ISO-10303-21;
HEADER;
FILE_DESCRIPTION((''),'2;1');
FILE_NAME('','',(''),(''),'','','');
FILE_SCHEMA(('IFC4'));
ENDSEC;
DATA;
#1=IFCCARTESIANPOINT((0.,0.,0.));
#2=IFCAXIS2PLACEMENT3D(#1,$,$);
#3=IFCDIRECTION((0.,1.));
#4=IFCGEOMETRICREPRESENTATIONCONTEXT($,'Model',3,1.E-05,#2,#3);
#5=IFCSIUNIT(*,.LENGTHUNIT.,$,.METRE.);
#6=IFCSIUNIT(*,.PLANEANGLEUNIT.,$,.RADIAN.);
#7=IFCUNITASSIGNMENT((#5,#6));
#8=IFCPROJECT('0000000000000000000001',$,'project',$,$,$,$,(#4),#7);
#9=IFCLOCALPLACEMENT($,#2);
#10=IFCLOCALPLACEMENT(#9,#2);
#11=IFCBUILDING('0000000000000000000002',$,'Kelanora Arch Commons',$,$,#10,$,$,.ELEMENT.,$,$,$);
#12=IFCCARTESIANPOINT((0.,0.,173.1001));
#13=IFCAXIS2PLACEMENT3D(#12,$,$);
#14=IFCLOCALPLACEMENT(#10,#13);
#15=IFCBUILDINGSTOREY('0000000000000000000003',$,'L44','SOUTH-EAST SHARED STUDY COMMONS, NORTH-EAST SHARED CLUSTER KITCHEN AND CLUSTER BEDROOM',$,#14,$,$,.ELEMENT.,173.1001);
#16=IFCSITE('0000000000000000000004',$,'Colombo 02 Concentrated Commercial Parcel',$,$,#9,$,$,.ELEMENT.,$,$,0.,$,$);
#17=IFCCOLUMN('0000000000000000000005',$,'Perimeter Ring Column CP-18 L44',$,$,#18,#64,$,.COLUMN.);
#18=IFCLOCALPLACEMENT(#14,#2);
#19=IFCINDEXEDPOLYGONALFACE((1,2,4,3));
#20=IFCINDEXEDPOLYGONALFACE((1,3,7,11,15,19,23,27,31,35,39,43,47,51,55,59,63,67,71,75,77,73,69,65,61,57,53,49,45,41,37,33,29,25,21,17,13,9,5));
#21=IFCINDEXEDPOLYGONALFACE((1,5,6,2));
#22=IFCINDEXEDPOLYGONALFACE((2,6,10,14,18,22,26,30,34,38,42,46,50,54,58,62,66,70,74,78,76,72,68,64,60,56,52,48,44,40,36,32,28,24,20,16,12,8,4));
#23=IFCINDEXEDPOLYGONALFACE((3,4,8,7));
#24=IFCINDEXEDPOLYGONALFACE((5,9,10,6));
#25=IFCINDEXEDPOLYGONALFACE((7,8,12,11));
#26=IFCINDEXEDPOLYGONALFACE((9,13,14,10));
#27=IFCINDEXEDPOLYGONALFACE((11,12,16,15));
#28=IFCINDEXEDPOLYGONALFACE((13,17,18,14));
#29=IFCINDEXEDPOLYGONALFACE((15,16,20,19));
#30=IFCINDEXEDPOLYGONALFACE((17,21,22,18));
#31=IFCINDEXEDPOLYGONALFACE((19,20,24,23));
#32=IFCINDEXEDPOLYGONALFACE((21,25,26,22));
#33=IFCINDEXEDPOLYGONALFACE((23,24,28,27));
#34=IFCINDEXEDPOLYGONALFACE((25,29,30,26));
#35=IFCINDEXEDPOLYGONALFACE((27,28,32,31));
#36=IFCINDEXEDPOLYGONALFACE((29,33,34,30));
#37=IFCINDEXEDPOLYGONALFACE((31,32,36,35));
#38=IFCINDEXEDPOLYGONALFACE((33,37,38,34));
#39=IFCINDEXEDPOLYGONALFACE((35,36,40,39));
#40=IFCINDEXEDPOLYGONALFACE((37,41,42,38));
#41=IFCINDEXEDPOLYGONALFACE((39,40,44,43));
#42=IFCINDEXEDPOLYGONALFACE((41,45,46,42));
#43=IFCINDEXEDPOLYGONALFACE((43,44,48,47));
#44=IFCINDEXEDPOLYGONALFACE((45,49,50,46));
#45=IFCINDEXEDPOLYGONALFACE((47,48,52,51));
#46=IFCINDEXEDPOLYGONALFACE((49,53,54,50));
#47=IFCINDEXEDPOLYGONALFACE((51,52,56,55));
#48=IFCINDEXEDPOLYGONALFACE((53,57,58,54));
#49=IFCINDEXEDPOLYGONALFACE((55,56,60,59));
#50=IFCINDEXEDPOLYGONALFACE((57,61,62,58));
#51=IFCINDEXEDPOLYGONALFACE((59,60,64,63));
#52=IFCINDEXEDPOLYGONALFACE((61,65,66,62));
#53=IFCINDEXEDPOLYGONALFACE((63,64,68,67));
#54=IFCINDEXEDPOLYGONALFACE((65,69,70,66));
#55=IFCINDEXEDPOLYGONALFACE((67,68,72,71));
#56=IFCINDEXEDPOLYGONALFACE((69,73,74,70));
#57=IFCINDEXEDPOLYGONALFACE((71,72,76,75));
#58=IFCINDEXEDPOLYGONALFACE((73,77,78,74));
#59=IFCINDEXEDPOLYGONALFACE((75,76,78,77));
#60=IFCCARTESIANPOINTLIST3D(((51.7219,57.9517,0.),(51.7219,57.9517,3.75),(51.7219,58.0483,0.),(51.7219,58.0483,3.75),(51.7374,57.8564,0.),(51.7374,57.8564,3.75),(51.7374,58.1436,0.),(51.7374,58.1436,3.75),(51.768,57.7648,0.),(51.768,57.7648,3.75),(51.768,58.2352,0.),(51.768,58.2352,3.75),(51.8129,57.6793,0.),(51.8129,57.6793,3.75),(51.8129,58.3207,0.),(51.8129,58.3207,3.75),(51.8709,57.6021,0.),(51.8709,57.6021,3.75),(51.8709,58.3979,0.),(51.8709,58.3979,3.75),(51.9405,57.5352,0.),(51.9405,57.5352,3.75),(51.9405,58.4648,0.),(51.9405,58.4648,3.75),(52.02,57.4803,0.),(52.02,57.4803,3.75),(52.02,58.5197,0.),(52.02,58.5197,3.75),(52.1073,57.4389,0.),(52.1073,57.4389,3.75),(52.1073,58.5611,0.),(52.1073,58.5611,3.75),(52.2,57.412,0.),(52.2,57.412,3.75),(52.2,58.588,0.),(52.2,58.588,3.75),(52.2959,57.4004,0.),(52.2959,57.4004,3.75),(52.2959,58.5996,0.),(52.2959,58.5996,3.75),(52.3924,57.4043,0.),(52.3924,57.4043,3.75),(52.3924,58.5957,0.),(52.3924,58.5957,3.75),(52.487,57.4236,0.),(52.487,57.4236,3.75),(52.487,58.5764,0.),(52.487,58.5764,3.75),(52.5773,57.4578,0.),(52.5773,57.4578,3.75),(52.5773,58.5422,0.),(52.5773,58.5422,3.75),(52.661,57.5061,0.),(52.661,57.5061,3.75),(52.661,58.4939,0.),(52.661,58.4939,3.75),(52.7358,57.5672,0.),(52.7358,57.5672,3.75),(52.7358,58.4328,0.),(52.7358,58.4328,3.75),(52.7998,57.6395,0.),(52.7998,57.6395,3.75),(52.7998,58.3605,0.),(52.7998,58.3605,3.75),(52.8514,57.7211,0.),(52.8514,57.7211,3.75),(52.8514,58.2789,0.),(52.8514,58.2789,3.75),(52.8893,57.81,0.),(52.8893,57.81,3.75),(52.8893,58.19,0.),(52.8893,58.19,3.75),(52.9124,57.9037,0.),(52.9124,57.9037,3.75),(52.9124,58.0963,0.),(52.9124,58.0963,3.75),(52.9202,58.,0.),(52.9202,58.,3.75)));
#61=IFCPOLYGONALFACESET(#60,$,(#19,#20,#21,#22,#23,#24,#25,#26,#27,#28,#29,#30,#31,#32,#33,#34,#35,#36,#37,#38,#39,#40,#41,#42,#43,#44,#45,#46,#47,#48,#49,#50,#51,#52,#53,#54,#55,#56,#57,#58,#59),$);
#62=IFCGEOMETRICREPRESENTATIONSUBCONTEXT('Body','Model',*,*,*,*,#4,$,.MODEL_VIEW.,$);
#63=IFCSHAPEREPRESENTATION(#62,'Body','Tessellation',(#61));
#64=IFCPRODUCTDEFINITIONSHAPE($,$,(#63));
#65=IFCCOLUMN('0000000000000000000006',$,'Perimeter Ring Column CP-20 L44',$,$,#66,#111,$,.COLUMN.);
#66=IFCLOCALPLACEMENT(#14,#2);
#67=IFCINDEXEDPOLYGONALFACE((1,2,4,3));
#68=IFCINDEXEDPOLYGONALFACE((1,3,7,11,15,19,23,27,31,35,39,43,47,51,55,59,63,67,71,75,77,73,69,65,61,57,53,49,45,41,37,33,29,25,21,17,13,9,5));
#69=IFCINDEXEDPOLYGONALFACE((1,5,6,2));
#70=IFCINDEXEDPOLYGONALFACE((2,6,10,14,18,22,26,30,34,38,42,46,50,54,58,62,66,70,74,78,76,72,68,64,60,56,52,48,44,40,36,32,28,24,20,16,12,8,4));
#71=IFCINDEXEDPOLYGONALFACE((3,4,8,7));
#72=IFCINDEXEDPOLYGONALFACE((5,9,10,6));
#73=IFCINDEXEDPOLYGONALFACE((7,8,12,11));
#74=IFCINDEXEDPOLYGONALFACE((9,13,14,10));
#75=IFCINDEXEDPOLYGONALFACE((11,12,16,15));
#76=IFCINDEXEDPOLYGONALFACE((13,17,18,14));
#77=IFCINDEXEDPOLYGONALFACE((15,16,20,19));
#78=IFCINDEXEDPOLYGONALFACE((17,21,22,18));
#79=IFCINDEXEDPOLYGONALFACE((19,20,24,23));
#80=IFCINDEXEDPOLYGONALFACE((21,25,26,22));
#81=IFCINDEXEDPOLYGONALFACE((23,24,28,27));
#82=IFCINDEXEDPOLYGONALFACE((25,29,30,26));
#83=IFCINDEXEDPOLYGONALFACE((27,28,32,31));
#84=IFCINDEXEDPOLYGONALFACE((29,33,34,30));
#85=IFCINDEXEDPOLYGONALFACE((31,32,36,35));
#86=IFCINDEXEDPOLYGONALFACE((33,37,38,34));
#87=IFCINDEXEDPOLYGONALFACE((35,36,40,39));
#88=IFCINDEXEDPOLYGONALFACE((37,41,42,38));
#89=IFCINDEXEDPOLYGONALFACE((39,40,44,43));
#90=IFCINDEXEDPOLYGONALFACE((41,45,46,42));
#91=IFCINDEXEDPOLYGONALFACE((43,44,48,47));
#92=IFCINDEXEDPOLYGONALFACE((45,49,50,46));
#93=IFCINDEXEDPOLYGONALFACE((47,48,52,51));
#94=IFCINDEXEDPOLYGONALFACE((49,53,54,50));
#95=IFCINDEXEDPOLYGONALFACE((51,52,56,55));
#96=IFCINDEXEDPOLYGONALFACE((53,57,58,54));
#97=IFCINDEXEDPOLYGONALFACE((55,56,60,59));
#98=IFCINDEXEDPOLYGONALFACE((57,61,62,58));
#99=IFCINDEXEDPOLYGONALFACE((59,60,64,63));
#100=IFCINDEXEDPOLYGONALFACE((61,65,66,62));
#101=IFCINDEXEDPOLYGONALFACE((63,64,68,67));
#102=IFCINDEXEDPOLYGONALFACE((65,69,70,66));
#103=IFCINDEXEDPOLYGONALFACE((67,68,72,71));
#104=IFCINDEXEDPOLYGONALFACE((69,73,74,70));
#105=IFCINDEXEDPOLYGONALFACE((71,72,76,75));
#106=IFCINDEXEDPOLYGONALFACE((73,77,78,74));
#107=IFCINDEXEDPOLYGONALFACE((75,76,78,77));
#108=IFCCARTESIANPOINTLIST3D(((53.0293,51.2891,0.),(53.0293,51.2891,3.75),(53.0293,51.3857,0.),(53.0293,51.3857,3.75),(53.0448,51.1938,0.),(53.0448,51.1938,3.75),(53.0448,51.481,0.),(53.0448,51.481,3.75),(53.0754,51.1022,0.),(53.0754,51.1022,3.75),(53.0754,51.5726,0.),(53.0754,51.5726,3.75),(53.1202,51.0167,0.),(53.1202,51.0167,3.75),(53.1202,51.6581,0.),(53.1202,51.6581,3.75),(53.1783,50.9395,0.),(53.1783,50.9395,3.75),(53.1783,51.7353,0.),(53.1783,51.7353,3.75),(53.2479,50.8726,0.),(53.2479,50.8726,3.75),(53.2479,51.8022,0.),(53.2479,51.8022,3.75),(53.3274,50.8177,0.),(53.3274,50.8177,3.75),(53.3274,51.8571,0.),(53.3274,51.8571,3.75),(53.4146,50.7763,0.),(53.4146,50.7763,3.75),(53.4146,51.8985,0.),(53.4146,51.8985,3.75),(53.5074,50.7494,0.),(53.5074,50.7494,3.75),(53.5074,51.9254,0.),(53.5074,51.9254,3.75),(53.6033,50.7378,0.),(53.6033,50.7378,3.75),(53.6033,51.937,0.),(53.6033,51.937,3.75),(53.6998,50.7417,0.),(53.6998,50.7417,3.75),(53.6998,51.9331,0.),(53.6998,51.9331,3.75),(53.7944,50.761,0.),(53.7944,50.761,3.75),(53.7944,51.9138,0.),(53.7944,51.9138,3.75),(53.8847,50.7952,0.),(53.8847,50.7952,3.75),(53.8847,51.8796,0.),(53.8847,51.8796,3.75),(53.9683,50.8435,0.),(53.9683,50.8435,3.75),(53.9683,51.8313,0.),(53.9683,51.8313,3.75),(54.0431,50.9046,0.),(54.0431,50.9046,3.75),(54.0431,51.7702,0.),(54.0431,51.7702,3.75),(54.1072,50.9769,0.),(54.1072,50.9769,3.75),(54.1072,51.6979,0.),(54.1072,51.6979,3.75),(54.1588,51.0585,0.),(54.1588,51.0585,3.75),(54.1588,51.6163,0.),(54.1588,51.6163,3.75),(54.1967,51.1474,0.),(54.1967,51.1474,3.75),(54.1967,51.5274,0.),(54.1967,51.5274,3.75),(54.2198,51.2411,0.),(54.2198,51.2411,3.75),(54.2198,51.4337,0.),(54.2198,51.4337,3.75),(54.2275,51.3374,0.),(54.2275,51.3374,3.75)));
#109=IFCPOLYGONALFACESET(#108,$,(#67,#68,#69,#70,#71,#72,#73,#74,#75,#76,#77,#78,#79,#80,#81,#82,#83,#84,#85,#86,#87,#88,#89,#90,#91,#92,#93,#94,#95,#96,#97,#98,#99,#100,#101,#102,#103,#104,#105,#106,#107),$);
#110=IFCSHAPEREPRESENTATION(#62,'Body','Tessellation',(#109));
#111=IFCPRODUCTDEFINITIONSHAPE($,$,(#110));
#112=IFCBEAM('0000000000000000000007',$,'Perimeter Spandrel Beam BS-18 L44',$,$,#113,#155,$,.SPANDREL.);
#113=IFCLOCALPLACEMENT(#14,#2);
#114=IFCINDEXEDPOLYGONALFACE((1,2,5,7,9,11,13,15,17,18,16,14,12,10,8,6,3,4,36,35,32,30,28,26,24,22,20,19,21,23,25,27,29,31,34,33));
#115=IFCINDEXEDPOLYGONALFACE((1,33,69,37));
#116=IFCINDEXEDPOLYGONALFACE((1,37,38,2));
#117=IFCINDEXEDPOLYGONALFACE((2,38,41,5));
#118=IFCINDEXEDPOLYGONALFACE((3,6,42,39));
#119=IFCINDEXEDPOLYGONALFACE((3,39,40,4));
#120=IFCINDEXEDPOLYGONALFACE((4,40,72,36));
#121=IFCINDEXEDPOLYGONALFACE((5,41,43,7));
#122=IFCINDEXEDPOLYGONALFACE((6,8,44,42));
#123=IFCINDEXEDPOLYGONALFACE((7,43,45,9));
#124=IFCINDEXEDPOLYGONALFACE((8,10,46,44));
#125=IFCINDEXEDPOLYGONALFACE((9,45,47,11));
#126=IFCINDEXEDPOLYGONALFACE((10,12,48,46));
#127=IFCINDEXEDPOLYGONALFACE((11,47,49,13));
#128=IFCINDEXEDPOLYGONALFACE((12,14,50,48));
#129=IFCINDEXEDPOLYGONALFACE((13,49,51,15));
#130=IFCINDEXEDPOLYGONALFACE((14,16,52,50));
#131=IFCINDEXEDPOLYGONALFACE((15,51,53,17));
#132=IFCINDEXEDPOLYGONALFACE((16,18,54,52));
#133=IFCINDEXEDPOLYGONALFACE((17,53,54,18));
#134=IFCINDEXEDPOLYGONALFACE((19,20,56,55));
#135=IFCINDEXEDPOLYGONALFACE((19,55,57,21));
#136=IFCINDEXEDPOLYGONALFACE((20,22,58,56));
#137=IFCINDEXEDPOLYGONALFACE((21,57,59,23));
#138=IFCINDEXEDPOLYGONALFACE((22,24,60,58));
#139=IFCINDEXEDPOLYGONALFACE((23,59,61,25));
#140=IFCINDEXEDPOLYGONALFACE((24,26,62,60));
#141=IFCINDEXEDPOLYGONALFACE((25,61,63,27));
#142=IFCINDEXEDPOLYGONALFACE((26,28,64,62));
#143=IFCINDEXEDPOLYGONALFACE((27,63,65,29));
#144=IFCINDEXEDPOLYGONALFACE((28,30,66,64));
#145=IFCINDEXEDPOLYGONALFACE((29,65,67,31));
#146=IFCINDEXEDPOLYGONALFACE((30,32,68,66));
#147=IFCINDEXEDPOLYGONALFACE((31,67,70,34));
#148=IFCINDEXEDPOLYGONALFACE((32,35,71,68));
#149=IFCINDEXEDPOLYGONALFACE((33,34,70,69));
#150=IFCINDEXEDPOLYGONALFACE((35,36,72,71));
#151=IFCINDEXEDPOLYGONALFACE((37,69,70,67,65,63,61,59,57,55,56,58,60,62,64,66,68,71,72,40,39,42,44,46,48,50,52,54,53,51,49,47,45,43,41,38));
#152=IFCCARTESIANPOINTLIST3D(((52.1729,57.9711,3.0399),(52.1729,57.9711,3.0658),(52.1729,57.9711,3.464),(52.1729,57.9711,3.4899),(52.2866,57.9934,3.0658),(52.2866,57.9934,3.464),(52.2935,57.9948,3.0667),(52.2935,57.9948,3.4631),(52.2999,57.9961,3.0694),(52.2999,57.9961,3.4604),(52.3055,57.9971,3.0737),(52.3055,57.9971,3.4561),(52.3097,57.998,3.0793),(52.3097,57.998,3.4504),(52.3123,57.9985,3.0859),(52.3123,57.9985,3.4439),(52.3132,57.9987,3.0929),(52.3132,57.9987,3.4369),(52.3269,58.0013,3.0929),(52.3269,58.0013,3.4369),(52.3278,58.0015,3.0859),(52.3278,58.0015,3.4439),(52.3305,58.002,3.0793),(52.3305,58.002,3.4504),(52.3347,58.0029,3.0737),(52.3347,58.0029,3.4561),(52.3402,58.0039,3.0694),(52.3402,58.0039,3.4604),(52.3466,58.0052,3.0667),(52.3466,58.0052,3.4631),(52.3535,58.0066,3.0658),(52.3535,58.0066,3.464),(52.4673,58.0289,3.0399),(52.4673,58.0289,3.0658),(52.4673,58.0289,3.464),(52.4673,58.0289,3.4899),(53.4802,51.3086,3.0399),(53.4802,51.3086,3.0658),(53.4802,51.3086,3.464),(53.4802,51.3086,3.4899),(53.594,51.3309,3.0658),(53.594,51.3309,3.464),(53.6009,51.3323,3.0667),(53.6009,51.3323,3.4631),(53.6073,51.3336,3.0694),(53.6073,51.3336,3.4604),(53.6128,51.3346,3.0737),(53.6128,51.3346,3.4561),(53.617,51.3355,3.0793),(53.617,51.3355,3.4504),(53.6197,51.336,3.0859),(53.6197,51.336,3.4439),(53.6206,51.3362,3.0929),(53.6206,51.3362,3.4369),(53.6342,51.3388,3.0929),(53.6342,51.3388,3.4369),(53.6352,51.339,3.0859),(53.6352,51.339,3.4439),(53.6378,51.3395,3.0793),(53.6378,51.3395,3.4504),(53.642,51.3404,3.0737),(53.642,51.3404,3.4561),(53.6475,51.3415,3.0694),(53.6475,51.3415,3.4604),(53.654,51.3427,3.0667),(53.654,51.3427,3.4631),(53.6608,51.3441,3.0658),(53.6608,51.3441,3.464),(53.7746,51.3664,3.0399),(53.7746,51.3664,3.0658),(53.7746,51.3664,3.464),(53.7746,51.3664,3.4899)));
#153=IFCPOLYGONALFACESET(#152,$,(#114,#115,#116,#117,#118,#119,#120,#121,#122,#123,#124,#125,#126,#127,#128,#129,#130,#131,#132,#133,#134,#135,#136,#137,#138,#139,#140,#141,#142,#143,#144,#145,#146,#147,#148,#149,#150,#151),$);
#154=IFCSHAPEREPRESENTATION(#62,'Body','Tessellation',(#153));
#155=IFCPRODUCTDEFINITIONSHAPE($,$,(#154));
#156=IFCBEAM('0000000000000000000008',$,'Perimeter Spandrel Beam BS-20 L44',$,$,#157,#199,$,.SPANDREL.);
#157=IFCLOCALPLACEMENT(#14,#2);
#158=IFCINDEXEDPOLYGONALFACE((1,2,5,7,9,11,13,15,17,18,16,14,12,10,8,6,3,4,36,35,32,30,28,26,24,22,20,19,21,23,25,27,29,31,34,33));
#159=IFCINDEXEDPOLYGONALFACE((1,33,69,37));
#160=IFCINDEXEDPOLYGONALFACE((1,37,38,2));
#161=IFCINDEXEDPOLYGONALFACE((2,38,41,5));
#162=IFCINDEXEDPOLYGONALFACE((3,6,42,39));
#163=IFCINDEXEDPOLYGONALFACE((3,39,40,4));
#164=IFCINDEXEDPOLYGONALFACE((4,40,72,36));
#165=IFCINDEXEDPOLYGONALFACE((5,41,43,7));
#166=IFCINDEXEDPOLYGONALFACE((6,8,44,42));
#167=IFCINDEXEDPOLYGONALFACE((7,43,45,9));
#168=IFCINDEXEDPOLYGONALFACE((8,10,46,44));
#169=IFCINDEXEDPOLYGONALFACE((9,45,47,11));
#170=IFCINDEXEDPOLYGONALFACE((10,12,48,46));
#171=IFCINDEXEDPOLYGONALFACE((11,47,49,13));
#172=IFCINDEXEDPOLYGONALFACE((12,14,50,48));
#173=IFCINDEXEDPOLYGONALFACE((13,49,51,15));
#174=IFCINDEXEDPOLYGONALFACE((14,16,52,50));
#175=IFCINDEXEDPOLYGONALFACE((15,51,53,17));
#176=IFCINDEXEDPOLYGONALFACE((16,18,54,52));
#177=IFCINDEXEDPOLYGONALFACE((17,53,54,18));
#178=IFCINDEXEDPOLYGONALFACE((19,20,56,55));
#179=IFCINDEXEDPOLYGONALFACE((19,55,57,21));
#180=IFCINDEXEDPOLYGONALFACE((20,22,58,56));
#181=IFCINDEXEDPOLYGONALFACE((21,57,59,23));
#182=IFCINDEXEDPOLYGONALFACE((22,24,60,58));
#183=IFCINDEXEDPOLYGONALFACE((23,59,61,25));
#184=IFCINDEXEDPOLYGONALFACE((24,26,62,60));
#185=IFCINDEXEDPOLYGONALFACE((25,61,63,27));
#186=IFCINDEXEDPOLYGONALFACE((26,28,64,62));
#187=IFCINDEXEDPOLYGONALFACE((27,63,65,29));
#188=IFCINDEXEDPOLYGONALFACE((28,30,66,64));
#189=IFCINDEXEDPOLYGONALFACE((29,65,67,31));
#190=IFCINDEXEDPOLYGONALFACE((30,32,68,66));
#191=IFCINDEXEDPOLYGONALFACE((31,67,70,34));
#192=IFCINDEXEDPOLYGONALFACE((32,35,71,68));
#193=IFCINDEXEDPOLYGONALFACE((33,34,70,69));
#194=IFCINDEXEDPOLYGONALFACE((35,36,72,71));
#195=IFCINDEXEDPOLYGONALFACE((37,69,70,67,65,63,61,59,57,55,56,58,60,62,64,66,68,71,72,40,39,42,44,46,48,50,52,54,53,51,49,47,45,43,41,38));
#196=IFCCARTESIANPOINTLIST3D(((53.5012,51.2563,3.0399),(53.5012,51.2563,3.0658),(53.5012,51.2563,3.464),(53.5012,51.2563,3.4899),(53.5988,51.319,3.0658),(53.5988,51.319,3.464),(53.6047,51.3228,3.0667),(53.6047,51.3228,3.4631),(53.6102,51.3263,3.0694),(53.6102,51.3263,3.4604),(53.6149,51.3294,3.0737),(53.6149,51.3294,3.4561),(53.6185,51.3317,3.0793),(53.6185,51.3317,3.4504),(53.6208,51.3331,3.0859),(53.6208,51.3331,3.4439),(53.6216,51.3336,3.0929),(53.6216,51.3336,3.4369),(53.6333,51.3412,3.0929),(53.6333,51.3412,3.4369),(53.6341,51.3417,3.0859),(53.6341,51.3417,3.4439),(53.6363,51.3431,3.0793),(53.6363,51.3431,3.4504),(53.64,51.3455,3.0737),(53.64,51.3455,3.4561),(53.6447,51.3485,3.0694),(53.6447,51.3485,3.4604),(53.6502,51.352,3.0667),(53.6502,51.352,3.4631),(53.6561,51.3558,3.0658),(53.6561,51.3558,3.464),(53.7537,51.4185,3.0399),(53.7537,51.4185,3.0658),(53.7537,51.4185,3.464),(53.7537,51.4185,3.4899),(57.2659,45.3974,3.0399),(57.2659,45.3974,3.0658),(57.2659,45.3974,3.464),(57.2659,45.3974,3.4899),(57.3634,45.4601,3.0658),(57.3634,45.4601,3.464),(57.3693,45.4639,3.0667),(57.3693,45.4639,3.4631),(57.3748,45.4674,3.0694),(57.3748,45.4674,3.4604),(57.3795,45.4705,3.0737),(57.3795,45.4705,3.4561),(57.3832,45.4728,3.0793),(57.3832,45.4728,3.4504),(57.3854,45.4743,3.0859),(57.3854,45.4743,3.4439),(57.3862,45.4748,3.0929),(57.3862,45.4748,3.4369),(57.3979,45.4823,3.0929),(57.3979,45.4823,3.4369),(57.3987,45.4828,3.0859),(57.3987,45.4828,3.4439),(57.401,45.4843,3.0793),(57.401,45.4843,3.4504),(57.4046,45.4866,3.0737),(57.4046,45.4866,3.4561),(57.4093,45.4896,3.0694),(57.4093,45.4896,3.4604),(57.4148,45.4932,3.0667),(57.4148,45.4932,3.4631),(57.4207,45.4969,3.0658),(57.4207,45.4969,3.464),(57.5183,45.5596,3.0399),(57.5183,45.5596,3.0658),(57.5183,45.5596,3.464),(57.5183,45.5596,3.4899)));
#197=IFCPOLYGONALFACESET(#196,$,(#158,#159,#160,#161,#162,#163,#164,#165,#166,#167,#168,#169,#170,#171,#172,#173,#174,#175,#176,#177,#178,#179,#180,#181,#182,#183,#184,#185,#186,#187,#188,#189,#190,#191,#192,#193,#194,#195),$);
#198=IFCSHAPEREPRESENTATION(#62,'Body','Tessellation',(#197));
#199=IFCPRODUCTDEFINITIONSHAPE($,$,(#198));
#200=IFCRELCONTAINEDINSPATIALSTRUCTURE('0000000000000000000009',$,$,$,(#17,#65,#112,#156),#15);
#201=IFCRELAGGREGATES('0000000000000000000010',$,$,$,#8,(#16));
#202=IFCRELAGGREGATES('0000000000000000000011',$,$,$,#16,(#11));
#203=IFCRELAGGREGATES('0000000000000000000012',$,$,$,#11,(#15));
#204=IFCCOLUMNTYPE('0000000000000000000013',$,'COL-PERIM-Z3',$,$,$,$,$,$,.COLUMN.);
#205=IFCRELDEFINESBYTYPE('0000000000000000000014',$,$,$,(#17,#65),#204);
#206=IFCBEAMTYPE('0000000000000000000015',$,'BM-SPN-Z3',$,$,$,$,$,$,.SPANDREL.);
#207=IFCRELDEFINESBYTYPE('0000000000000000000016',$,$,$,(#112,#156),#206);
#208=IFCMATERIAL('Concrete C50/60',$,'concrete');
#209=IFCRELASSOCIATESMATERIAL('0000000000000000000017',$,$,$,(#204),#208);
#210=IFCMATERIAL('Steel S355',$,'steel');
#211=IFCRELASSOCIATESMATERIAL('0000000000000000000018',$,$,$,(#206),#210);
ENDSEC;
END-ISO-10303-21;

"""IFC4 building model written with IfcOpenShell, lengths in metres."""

from ifc_helpers import new_model, si_unit, direction, frame, origin, origin_2d, place, context, subcontext, project, spatial, circle, i_section, extrude, material, material_profile, profile_set, type_object, element, save


model = new_model("IFC4")

# Units and contexts
model_context = context("Model", 3, precision=1e-05, world=origin(), true_north=direction((0.0, 1.0)))
body_context = subcontext(model_context, "Body", "Model", "MODEL_VIEW")
ifc_project = project(units=[si_unit("LENGTHUNIT", "METRE"), si_unit("PLANEANGLEUNIT", "RADIAN")], contexts=[model_context])

# Site, building, storey
site_placement = place(None, origin())
site = spatial("IfcSite", under=ifc_project, at=site_placement, Name="Colombo 02 Concentrated Commercial Parcel", CompositionType="ELEMENT", RefElevation=0.0)
building_placement = place(site_placement, origin())
building = spatial("IfcBuilding", under=site, at=building_placement, Name="Kelanora Arch Commons", CompositionType="ELEMENT")
storey_placement = place(building_placement, frame((0.0, 0.0, 173.1001)))
storey = spatial("IfcBuildingStorey", under=building, at=storey_placement, Name="L44", Description="SOUTH-EAST SHARED STUDY COMMONS, NORTH-EAST SHARED CLUSTER KITCHEN AND CLUSTER BEDROOM", CompositionType="ELEMENT", Elevation=173.1001)

# Columns
ifc_material_1 = material(Name="Concrete C50/60", Category="concrete")
ifc_material_profile_1 = material_profile(ifc_material_1, circle(Radius=0.6001, at=origin_2d()), Name="RCC1200")
ifc_profile_set_1 = profile_set([ifc_material_profile_1], Name="Concrete C50/60")
column_type = type_object("IfcColumnType", Name="COL-PERIM-Z3", PredefinedType="COLUMN", material=ifc_profile_set_1)
for number, where, z_axis, x_axis, name in (
    (1, (52.3201, 58.0, 0.0), (0.0, 0.0, 1.0), (1.0, 0.0, 0.0), "Perimeter Ring Column CP-18 L44"),
    (2, (53.6274, 51.3374, 0.0), (0.0, 0.0, 1.0), (1.0, 0.0, 0.0), "Perimeter Ring Column CP-20 L44"),
):
    element("IfcColumn", number, at=place(storey_placement, frame(where, z_axis=z_axis, x_axis=x_axis)), inside=storey, type_object=column_type, Name=name, PredefinedType="COLUMN", context=body_context, shape_type="SweptSolid", body=[
        extrude(circle(Radius=0.6001, at=origin_2d()), origin(), (0.0, 0.0, 1.0), 3.75),
    ])

# Beams
ifc_material_2 = material(Name="Steel S355", Category="steel")
ifc_material_profile_2 = material_profile(ifc_material_2, i_section(OverallWidth=0.3, OverallDepth=0.45, WebThickness=0.0139, FlangeThickness=0.0259, FilletRadius=0.0271, at=origin_2d()), Name="HEB450")
ifc_profile_set_2 = profile_set([ifc_material_profile_2], Name="Steel S355")
beam_type = type_object("IfcBeamType", Name="BM-SPN-Z3", PredefinedType="SPANDREL", material=ifc_profile_set_2)
beam_1_placement = place(storey_placement, frame((52.3201, 58.0, 3.2649), z_axis=(0.192554, -0.981286, 0.0), x_axis=(0.981286, 0.192554, 0.0)))
element("IfcBeam", 3, at=beam_1_placement, inside=storey, type_object=beam_type, Name="Perimeter Spandrel Beam BS-18 L44", PredefinedType="SPANDREL", context=body_context, shape_type="SweptSolid", body=[
    extrude(i_section(OverallWidth=0.3, OverallDepth=0.45, WebThickness=0.0139, FlangeThickness=0.0259, FilletRadius=0.0271, at=origin_2d()), origin(), (0.0, 0.0, 1.0), 6.7896),
])
beam_2_placement = place(storey_placement, frame((53.6274, 51.3374, 3.2649), z_axis=(0.540577, -0.841295, 0.0), x_axis=(0.841295, 0.540577, 0.0)))
element("IfcBeam", 4, at=beam_2_placement, inside=storey, type_object=beam_type, Name="Perimeter Spandrel Beam BS-20 L44", PredefinedType="SPANDREL", context=body_context, shape_type="SweptSolid", body=[
    extrude(i_section(OverallWidth=0.3, OverallDepth=0.45, WebThickness=0.0139, FlangeThickness=0.0259, FilletRadius=0.0271, at=origin_2d()), origin(), (0.0, 0.0, 1.0), 6.9641),
])

save(model, "model.ifc")
